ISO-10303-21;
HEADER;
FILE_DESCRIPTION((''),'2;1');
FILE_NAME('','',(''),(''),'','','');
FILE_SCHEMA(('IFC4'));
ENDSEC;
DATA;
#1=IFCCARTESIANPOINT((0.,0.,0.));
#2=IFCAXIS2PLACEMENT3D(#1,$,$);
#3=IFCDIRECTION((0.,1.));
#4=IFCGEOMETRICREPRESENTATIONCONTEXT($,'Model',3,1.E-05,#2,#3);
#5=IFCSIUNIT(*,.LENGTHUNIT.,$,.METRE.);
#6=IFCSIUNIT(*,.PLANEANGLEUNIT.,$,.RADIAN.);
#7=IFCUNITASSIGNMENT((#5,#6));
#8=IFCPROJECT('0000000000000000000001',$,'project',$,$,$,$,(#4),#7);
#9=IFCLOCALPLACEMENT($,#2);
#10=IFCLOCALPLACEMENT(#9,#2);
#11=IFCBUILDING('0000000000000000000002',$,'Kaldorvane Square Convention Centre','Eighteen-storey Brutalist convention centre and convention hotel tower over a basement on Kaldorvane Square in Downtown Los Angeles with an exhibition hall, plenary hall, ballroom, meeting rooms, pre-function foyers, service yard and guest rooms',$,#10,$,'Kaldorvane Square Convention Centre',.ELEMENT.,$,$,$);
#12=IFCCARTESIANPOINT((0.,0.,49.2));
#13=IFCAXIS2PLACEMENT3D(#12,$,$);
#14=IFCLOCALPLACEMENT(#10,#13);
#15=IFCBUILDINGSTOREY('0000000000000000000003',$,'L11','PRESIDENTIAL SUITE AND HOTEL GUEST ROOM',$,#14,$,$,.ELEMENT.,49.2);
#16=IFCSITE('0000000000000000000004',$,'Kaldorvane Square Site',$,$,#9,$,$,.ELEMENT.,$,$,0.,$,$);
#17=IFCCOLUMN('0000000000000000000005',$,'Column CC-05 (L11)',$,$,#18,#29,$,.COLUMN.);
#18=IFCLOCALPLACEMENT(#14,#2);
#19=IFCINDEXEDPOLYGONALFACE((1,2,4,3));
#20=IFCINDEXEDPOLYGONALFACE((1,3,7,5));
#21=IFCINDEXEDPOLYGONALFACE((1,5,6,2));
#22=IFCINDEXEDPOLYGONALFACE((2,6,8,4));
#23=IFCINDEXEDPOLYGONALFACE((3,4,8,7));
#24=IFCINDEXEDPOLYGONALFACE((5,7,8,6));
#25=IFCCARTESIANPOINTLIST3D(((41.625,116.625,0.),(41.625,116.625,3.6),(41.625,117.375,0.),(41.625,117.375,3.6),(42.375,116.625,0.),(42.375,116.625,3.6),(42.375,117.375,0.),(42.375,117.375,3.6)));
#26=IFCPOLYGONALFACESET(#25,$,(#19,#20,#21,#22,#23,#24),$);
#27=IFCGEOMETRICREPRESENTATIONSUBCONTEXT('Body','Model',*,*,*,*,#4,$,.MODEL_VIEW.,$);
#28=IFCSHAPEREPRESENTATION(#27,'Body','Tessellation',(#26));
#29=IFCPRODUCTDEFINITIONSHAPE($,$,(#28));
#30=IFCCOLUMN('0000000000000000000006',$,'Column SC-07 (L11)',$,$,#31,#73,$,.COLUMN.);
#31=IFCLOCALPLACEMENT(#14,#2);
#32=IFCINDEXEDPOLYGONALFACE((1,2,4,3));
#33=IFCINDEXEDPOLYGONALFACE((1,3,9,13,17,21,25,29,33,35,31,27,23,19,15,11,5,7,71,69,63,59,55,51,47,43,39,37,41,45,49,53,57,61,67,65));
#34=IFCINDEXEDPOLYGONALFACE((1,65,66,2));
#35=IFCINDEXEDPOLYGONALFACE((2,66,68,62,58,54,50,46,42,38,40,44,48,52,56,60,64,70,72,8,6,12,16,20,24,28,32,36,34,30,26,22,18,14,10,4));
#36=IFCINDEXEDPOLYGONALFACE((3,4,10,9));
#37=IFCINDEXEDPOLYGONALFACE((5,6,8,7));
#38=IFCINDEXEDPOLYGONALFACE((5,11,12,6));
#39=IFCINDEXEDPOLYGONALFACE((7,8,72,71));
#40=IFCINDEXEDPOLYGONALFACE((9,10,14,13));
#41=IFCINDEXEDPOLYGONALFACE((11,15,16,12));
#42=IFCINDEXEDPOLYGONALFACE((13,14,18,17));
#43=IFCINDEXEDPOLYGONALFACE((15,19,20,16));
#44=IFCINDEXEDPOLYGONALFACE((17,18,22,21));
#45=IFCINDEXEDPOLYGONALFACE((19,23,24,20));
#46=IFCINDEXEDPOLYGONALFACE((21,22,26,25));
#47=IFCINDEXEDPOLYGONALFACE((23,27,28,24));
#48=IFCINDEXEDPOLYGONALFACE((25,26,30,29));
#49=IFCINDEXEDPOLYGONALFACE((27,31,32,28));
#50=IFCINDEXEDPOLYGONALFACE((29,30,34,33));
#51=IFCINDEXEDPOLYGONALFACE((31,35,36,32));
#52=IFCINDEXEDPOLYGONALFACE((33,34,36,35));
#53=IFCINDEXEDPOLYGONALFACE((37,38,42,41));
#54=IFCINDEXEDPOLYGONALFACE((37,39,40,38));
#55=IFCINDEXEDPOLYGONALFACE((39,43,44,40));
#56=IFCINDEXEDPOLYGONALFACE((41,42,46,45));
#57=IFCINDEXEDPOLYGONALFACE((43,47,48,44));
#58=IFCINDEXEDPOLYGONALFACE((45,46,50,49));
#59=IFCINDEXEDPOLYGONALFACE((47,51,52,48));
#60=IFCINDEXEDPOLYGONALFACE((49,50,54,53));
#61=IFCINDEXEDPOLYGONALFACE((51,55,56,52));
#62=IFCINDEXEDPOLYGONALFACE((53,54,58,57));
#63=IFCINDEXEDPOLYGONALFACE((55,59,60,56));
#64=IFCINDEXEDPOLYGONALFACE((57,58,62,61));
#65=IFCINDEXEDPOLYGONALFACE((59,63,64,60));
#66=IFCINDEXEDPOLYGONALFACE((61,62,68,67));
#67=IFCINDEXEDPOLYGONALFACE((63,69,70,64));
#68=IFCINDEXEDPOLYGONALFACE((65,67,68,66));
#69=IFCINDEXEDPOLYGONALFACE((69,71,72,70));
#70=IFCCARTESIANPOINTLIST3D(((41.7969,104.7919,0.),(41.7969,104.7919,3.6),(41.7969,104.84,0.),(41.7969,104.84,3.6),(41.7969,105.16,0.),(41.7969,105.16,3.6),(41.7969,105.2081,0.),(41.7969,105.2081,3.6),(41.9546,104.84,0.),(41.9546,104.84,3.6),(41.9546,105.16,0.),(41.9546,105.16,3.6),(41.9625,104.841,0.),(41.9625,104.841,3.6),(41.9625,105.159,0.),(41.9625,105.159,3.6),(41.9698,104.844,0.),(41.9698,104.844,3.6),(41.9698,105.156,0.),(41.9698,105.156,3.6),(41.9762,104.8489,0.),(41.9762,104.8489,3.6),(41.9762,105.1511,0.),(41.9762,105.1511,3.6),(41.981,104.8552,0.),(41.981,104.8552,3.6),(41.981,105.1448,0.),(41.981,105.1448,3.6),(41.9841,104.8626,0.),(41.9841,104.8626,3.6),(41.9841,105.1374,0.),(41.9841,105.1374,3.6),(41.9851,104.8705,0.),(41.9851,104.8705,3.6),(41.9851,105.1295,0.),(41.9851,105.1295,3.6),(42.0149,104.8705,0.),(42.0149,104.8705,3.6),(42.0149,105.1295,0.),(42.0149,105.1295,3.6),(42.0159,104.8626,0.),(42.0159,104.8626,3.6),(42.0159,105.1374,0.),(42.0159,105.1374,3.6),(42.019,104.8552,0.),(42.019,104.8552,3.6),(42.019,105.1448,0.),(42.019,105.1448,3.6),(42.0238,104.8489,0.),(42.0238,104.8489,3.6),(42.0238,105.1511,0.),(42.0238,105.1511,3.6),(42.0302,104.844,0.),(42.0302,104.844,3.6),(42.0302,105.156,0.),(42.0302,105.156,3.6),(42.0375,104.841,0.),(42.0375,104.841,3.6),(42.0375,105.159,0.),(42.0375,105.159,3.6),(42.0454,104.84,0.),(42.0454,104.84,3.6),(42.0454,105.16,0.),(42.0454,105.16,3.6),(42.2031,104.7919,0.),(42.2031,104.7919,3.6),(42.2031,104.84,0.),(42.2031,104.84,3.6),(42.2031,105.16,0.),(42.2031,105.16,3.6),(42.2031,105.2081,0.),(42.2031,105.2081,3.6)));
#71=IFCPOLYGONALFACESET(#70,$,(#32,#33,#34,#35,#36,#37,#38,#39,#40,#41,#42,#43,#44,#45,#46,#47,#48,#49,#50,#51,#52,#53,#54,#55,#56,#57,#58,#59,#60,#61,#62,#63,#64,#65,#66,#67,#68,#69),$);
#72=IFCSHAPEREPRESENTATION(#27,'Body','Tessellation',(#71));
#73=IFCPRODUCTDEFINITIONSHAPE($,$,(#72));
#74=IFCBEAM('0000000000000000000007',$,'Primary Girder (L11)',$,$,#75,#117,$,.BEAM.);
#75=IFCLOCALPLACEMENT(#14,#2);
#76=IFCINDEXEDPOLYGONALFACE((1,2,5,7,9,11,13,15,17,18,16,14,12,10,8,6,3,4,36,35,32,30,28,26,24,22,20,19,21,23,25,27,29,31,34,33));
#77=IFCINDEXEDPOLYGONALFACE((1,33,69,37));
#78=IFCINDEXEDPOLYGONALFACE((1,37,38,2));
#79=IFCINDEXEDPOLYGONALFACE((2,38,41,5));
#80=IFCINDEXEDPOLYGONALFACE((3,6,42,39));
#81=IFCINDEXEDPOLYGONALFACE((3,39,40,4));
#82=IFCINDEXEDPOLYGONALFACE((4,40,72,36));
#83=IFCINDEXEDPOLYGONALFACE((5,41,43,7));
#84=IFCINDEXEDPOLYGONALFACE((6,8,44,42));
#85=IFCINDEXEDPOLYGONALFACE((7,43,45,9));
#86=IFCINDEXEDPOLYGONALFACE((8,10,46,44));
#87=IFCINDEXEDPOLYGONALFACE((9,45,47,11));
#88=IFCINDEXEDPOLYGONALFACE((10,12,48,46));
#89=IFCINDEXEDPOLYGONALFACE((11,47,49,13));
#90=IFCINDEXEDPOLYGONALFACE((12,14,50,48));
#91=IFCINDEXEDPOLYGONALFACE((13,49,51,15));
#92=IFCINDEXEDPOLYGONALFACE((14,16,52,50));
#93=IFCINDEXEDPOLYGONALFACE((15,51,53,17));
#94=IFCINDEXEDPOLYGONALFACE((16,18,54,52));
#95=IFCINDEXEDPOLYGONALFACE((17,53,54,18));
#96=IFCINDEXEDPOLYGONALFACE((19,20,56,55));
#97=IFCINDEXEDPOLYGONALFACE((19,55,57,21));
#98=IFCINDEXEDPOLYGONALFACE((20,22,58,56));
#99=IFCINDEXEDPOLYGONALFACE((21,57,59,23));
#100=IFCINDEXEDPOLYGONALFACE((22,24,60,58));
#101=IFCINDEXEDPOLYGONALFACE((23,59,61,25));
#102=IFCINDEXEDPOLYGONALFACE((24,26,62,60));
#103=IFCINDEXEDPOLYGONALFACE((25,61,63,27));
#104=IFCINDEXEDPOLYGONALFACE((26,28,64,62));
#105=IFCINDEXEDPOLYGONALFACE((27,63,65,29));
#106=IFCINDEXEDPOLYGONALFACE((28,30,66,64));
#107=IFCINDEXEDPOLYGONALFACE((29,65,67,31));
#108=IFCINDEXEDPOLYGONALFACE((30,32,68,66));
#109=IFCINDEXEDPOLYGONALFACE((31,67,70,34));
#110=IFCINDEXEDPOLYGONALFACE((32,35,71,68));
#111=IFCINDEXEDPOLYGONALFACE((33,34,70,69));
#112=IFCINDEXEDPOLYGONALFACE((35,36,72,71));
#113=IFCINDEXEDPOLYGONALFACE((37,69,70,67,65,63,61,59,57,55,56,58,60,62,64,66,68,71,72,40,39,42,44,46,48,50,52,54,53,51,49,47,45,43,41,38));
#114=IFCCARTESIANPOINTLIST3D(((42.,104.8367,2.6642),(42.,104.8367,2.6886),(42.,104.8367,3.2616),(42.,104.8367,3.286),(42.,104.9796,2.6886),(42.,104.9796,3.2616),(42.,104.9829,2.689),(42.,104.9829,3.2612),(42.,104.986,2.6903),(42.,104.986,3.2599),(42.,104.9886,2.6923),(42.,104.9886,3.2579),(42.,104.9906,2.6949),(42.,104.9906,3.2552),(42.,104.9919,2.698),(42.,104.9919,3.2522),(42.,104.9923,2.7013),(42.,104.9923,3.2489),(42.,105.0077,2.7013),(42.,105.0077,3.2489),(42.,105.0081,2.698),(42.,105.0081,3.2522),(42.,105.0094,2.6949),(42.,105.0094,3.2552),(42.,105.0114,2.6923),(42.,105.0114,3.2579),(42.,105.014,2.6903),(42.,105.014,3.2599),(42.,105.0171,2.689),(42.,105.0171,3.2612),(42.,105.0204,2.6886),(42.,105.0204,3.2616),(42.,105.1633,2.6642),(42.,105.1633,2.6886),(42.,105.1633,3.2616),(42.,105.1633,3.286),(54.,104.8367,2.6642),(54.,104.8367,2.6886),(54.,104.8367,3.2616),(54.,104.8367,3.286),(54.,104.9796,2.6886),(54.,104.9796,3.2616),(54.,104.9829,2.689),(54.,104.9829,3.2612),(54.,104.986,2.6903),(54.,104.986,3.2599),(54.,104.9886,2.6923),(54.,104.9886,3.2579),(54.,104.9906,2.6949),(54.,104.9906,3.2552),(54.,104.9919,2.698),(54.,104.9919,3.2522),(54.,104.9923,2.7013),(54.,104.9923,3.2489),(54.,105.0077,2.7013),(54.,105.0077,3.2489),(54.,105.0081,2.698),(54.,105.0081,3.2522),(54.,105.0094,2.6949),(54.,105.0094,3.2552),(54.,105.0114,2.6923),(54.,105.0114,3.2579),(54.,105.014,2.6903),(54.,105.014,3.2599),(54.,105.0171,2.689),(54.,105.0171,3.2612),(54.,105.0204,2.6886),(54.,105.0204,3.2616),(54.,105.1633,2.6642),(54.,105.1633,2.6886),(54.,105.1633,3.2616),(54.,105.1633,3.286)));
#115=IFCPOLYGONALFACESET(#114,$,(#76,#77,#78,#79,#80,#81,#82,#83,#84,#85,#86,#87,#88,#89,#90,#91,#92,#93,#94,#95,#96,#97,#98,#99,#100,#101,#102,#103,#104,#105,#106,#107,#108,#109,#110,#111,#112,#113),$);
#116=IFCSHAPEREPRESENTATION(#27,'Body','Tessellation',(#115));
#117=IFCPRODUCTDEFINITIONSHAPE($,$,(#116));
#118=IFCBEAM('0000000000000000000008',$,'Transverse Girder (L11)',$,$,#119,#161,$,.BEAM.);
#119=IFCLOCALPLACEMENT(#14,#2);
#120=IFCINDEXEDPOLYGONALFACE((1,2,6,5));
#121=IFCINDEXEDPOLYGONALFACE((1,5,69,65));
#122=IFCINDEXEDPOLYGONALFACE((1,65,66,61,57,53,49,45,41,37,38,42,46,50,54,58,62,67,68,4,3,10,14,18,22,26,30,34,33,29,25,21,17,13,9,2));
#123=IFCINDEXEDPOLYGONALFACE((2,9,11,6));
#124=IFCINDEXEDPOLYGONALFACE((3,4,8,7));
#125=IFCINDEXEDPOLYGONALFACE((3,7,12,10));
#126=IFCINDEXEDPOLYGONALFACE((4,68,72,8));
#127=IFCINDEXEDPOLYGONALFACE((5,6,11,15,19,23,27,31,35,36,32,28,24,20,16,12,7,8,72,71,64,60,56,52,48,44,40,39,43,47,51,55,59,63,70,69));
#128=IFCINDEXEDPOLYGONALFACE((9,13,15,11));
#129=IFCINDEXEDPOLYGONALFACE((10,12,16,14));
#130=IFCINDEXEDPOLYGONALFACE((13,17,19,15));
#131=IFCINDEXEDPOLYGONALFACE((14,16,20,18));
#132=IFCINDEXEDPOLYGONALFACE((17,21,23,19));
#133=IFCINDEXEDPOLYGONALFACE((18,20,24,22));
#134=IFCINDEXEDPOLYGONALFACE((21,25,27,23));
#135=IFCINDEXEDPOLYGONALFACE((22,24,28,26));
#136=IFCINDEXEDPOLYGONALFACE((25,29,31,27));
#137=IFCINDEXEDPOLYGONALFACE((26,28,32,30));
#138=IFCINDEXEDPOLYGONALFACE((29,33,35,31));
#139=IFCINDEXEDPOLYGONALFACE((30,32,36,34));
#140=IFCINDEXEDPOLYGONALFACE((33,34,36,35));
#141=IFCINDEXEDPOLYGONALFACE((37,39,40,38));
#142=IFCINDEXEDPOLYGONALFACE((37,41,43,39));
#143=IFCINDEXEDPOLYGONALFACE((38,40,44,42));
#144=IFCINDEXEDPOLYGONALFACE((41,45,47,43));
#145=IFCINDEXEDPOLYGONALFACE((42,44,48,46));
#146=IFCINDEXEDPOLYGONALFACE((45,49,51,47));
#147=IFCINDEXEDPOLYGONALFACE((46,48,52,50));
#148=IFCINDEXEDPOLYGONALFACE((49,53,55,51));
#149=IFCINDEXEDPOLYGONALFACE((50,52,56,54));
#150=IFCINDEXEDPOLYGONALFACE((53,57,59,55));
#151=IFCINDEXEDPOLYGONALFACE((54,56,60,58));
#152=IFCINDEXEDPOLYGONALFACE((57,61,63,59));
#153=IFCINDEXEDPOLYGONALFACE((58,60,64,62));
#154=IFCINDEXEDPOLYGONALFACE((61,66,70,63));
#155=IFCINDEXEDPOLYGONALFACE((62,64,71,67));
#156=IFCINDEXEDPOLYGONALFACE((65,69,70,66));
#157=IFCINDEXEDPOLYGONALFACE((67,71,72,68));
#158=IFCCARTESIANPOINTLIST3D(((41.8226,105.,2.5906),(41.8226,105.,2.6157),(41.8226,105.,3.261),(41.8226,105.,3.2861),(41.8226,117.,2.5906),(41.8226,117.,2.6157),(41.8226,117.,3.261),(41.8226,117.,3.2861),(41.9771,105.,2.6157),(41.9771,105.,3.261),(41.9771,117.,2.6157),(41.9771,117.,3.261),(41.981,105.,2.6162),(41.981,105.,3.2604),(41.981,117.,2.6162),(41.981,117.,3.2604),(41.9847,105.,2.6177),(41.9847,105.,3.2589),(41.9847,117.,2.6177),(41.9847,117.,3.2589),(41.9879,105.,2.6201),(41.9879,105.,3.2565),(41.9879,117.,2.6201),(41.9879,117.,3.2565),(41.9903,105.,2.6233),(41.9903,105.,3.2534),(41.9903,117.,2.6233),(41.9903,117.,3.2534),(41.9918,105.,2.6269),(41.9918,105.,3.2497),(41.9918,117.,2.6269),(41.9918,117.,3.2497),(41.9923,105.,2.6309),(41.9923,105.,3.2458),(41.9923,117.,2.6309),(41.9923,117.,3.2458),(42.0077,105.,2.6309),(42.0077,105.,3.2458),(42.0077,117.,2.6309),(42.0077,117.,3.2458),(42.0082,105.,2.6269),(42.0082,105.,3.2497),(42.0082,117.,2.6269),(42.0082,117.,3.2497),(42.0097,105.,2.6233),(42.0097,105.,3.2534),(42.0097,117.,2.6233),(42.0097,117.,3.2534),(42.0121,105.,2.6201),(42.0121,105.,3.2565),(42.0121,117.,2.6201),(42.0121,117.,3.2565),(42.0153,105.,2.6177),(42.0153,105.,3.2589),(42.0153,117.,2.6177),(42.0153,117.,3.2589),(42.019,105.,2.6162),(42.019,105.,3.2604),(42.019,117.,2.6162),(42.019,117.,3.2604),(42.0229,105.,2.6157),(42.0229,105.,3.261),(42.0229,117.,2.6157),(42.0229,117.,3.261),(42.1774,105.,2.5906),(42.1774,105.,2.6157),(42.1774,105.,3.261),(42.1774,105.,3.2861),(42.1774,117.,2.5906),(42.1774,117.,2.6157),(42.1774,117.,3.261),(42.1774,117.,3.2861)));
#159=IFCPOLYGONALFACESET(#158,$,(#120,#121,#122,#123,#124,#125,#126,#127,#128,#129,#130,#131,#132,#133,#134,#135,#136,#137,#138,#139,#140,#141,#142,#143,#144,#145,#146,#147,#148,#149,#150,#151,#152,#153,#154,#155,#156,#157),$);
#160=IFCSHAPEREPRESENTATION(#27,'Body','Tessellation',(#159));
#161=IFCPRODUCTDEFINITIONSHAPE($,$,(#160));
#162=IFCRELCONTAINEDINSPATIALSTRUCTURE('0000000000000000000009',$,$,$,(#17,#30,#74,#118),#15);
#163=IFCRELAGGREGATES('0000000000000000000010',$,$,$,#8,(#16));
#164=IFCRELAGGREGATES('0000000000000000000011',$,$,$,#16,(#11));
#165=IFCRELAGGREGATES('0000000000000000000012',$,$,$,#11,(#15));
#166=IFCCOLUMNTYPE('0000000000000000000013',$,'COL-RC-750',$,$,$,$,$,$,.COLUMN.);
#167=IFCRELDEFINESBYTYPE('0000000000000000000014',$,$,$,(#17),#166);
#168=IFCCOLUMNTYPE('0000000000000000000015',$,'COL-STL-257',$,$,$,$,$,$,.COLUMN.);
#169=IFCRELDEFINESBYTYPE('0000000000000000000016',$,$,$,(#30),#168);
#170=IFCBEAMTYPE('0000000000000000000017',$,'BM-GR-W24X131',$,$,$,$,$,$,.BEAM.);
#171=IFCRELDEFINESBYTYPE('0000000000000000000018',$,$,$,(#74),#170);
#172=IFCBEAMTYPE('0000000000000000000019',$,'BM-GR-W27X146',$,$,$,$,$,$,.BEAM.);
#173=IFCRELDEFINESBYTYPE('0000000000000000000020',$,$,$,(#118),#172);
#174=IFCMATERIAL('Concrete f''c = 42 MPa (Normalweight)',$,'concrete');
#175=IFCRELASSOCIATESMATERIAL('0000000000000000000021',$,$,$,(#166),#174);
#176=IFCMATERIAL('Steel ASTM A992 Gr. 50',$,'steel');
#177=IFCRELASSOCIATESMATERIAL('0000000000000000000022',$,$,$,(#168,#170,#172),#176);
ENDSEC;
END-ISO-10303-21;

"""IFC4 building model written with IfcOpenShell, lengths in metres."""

from ifc_helpers import new_model, si_unit, direction, frame, origin, origin_2d, place, context, subcontext, project, spatial, rectangle, i_section, extrude, material, material_profile, profile_set, type_object, element, save


model = new_model("IFC4")

# Units and contexts
model_context = context("Model", 3, precision=1e-05, world=origin(), true_north=direction((0.0, 1.0)))
body_context = subcontext(model_context, "Body", "Model", "MODEL_VIEW")
ifc_project = project(units=[si_unit("LENGTHUNIT", "METRE"), si_unit("PLANEANGLEUNIT", "RADIAN")], contexts=[model_context])

# Site, building, storey
site_placement = place(None, origin())
site = spatial("IfcSite", under=ifc_project, at=site_placement, Name="Kaldorvane Square Site", CompositionType="ELEMENT", RefElevation=0.0)
building_placement = place(site_placement, origin())
building = spatial("IfcBuilding", under=site, at=building_placement, Name="Kaldorvane Square Convention Centre", Description="Eighteen-storey Brutalist convention centre and convention hotel tower over a basement on Kaldorvane Square in Downtown Los Angeles with an exhibition hall, plenary hall, ballroom, meeting rooms, pre-function foyers, service yard and guest rooms", LongName="Kaldorvane Square Convention Centre", CompositionType="ELEMENT")
storey_placement = place(building_placement, frame((0.0, 0.0, 49.2)))
storey = spatial("IfcBuildingStorey", under=building, at=storey_placement, Name="L11", Description="PRESIDENTIAL SUITE AND HOTEL GUEST ROOM", CompositionType="ELEMENT", Elevation=49.2)

# Columns
ifc_material_1 = material(Name="Concrete f'c = 42 MPa (Normalweight)", Category="concrete")
ifc_material_profile_1 = material_profile(ifc_material_1, rectangle(XDim=0.75, YDim=0.75, at=origin_2d()), Name="RC750X750")
ifc_profile_set_1 = profile_set([ifc_material_profile_1], Name="Concrete f'c = 42 MPa (Normalweight)")
column_type_1 = type_object("IfcColumnType", Name="COL-RC-750", PredefinedType="COLUMN", material=ifc_profile_set_1)
column_1_placement = place(storey_placement, frame((42.0, 117.0, 0.0), z_axis=(0.0, 0.0, 1.0), x_axis=(1.0, 0.0, 0.0)))
element("IfcColumn", 1, at=column_1_placement, inside=storey, type_object=column_type_1, Name="Column CC-05 (L11)", PredefinedType="COLUMN", context=body_context, shape_type="SweptSolid", body=[
    extrude(rectangle(XDim=0.75, YDim=0.75, at=origin_2d()), origin(), (0.0, 0.0, 1.0), 3.6),
])
ifc_material_2 = material(Name="Steel ASTM A992 Gr. 50", Category="steel")
ifc_material_profile_2 = material_profile(ifc_material_2, i_section(OverallWidth=0.4063, OverallDepth=0.4161, WebThickness=0.0298, FlangeThickness=0.048, FilletRadius=0.0305, at=origin_2d()), Name="W14X257")
ifc_profile_set_2 = profile_set([ifc_material_profile_2], Name="Steel ASTM A992 Gr. 50")
column_type_2 = type_object("IfcColumnType", Name="COL-STL-257", PredefinedType="COLUMN", material=ifc_profile_set_2)
column_2_placement = place(storey_placement, frame((42.0, 105.0, 0.0), z_axis=(0.0, 0.0, 1.0), x_axis=(1.0, 0.0, 0.0)))
element("IfcColumn", 2, at=column_2_placement, inside=storey, type_object=column_type_2, Name="Column SC-07 (L11)", PredefinedType="COLUMN", context=body_context, shape_type="SweptSolid", body=[
    extrude(i_section(OverallWidth=0.4063, OverallDepth=0.4161, WebThickness=0.0298, FlangeThickness=0.048, FilletRadius=0.0305, at=origin_2d()), origin(), (0.0, 0.0, 1.0), 3.6),
])

# Beams
ifc_material_profile_3 = material_profile(ifc_material_2, i_section(OverallWidth=0.3265, OverallDepth=0.6218, WebThickness=0.0154, FlangeThickness=0.0244, FilletRadius=0.0127, at=origin_2d()), Name="W24X131")
ifc_profile_set_3 = profile_set([ifc_material_profile_3], Name="Steel ASTM A992 Gr. 50")
beam_type_1 = type_object("IfcBeamType", Name="BM-GR-W24X131", PredefinedType="BEAM", material=ifc_profile_set_3)
beam_1_placement = place(storey_placement, frame((42.0, 105.0, 2.9751), z_axis=(1.0, 0.0, 0.0), x_axis=(0.0, 1.0, 0.0)))
element("IfcBeam", 3, at=beam_1_placement, inside=storey, type_object=beam_type_1, Name="Primary Girder (L11)", PredefinedType="BEAM", context=body_context, shape_type="SweptSolid", body=[
    extrude(i_section(OverallWidth=0.3265, OverallDepth=0.6218, WebThickness=0.0154, FlangeThickness=0.0244, FilletRadius=0.0127, at=origin_2d()), origin(), (0.0, 0.0, 1.0), 12.0),
])
ifc_material_profile_4 = material_profile(ifc_material_2, i_section(OverallWidth=0.3547, OverallDepth=0.6955, WebThickness=0.0154, FlangeThickness=0.0251, FilletRadius=0.0152, at=origin_2d()), Name="W27X146")
ifc_profile_set_4 = profile_set([ifc_material_profile_4], Name="Steel ASTM A992 Gr. 50")
beam_type_2 = type_object("IfcBeamType", Name="BM-GR-W27X146", PredefinedType="BEAM", material=ifc_profile_set_4)
beam_2_placement = place(storey_placement, frame((42.0, 105.0, 2.9383), z_axis=(0.0, 1.0, 0.0), x_axis=(-1.0, 0.0, 0.0)))
element("IfcBeam", 4, at=beam_2_placement, inside=storey, type_object=beam_type_2, Name="Transverse Girder (L11)", PredefinedType="BEAM", context=body_context, shape_type="SweptSolid", body=[
    extrude(i_section(OverallWidth=0.3547, OverallDepth=0.6955, WebThickness=0.0154, FlangeThickness=0.0251, FilletRadius=0.0152, at=origin_2d()), origin(), (0.0, 0.0, 1.0), 12.0),
])

save(model, "model.ifc")
